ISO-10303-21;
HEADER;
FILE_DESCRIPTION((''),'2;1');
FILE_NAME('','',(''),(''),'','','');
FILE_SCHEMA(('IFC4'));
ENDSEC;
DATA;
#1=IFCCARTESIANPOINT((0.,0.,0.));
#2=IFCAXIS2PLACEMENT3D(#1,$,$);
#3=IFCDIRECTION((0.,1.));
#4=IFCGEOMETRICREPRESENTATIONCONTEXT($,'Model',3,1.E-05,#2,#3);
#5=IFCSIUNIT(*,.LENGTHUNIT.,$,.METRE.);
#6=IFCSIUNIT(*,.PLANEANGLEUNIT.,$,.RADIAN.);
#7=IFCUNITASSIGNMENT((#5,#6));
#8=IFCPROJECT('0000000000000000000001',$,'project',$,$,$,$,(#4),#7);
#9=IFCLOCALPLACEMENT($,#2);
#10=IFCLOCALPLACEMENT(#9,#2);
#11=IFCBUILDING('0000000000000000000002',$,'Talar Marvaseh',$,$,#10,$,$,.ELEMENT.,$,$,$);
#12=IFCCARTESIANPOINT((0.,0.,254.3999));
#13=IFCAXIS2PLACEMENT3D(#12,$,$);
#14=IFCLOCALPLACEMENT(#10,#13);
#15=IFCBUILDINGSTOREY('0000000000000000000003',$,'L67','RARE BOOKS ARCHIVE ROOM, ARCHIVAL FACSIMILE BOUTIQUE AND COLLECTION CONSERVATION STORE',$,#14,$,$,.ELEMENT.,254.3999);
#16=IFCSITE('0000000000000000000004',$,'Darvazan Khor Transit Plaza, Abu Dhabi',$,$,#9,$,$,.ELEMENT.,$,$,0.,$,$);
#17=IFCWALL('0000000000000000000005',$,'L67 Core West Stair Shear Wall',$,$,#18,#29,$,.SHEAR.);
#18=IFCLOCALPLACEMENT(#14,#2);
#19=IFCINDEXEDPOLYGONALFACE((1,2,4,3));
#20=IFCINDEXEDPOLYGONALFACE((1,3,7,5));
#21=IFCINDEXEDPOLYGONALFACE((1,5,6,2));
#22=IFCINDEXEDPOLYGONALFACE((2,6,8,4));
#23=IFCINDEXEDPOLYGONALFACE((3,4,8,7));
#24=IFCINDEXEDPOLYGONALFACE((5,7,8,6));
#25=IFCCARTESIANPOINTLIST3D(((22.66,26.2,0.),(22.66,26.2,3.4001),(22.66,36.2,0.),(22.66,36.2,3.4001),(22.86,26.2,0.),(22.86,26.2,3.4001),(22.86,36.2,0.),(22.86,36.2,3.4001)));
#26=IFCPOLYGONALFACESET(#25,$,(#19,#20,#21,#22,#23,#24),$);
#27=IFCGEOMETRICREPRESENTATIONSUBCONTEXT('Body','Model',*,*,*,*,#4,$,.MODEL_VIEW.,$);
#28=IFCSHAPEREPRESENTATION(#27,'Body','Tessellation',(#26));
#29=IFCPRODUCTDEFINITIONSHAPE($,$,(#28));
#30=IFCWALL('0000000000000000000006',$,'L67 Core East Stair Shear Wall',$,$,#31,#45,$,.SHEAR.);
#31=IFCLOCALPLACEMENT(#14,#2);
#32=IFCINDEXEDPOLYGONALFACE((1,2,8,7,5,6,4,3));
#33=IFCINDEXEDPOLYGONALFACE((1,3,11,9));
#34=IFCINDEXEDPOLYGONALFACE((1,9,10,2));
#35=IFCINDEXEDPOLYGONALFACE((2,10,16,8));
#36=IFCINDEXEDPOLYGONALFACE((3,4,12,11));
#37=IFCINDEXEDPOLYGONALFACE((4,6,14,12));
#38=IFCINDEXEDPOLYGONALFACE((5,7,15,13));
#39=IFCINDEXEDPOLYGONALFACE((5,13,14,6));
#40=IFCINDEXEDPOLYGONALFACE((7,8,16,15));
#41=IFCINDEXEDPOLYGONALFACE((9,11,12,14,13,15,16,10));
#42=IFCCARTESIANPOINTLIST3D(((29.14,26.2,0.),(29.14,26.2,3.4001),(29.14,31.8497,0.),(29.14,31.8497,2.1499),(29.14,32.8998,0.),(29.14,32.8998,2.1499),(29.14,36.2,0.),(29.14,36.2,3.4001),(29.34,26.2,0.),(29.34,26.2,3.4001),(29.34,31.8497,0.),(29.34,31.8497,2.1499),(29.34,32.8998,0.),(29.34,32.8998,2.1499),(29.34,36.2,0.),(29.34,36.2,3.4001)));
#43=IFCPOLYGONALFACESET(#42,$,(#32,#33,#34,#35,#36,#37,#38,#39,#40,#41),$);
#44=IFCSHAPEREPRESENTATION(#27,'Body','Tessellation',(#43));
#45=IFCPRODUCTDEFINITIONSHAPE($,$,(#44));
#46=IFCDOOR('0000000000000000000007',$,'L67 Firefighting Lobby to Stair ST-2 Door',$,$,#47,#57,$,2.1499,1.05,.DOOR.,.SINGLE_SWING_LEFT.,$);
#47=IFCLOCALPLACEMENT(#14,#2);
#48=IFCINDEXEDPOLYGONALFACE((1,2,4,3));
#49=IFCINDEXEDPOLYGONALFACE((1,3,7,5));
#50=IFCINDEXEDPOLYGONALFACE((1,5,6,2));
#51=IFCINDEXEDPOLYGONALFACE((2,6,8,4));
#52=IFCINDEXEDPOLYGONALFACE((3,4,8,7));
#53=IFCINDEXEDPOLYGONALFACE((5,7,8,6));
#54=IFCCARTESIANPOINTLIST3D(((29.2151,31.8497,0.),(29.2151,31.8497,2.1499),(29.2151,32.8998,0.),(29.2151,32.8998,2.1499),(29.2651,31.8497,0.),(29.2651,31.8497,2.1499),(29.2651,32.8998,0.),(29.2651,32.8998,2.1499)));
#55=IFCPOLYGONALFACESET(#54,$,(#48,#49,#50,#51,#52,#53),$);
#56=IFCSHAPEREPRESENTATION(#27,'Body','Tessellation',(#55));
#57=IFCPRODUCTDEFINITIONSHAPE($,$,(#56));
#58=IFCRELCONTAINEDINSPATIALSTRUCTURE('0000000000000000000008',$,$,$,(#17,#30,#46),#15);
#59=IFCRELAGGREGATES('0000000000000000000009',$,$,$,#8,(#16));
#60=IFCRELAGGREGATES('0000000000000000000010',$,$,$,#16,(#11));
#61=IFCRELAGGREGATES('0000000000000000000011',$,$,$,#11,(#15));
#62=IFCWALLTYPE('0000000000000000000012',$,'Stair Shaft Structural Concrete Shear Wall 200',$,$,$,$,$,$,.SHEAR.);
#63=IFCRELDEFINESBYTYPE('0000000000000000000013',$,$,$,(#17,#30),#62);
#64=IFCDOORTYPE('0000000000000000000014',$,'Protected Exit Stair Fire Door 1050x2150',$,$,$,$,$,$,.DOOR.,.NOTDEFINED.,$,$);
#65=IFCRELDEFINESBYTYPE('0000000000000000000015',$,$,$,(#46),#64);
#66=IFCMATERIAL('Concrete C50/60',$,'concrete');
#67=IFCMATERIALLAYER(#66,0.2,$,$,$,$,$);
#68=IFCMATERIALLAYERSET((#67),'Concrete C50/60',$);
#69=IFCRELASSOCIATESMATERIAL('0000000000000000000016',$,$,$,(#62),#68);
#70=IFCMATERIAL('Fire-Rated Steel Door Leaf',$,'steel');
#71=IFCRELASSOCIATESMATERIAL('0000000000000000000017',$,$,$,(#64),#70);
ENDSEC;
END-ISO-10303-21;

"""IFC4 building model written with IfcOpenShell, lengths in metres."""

from ifc_helpers import new_model, si_unit, direction, frame, frame_2d, origin, place, context, subcontext, project, spatial, rectangle, extrude, source, transform, mapped, material, layer, layer_set, type_object, type_shapes, element, fill, save


model = new_model("IFC4")

# Units and contexts
model_context = context("Model", 3, precision=1e-05, world=origin(), true_north=direction((0.0, 1.0)))
body_context = subcontext(model_context, "Body", "Model", "MODEL_VIEW")
ifc_project = project(units=[si_unit("LENGTHUNIT", "METRE"), si_unit("PLANEANGLEUNIT", "RADIAN")], contexts=[model_context])

# Site, building, storey
site_placement = place(None, origin())
site = spatial("IfcSite", under=ifc_project, at=site_placement, Name="Darvazan Khor Transit Plaza, Abu Dhabi", CompositionType="ELEMENT", RefElevation=0.0)
building_placement = place(site_placement, origin())
building = spatial("IfcBuilding", under=site, at=building_placement, Name="Talar Marvaseh", CompositionType="ELEMENT")
storey_placement = place(building_placement, frame((0.0, 0.0, 254.3999)))
storey = spatial("IfcBuildingStorey", under=building, at=storey_placement, Name="L67", Description="RARE BOOKS ARCHIVE ROOM, ARCHIVAL FACSIMILE BOUTIQUE AND COLLECTION CONSERVATION STORE", CompositionType="ELEMENT", Elevation=254.3999)

# Shared definitions
ifc_material_1 = material(Name="Concrete C50/60", Category="concrete")

# Shared definitions
ifc_material_2 = material(Name="Fire-Rated Steel Door Leaf", Category="steel")

# Wall
ifc_layer_1 = layer(ifc_material_1, 0.2)
ifc_layer_set_1 = layer_set([ifc_layer_1], Name="Concrete C50/60")
wall_type_1 = type_object("IfcWallType", Name="Stair Shaft Structural Concrete Shear Wall 200", PredefinedType="SHEAR", material=ifc_layer_set_1)
wall_1_placement = place(storey_placement, frame((22.76, 26.2, 0.0), z_axis=(0.0, 0.0, 1.0), x_axis=(0.0, 1.0, 0.0)))
element("IfcWall", 1, at=wall_1_placement, inside=storey, type_object=wall_type_1, Name="L67 Core West Stair Shear Wall", PredefinedType="SHEAR", context=body_context, shape_type="SweptSolid", body=[
    extrude(rectangle(XDim=10.0, YDim=0.2, at=frame_2d((5.0, 0.0))), origin(), (0.0, 0.0, 1.0), 3.4001),
])

# Wall, opening, door
wall_2_placement = place(storey_placement, frame((29.24, 26.2, 0.0), z_axis=(0.0, 0.0, 1.0), x_axis=(0.0, 1.0, 0.0)))
wall_2 = element("IfcWall", 2, at=wall_2_placement, inside=storey, type_object=wall_type_1, Name="L67 Core East Stair Shear Wall", PredefinedType="SHEAR", context=body_context, shape_type="SweptSolid", body=[
    extrude(rectangle(XDim=10.0, YDim=0.2, at=frame_2d((5.0, 0.0))), origin(), (0.0, 0.0, 1.0), 3.4001),
])
opening_1_placement = place(wall_2_placement, frame((5.6499, 0.0, 0.0)))
opening_1 = element("IfcOpeningElement", 3, at=opening_1_placement, cuts=wall_2, PredefinedType="OPENING", context=body_context, shape_type="SweptSolid", body=[
    extrude(rectangle(XDim=1.05, YDim=2.1499, at=frame_2d((0.5249, 1.075))), frame((0.0, 0.1099, 0.0), z_axis=(0.0, -1.0, 0.0), x_axis=(1.0, 0.0, 0.0)), (0.0, 0.0, 1.0), 0.22),
])
door_type_1 = type_object("IfcDoorType", Name="Protected Exit Stair Fire Door 1050x2150", OperationType="NOTDEFINED", PredefinedType="DOOR", material=ifc_material_2)
shared_shape_1 = source(origin(), body_context, "Body", "SweptSolid", [
    extrude(rectangle(XDim=1.05, YDim=2.1499, at=frame_2d((0.5249, 1.075))), frame((0.0, 0.0249, 0.0), z_axis=(0.0, -1.0, 0.0), x_axis=(1.0, 0.0, 0.0)), (0.0, 0.0, 1.0), 0.05),
])
type_shapes(door_type_1, [shared_shape_1])
door_1_placement = place(opening_1_placement, origin())
door_1 = element("IfcDoor", 4, at=door_1_placement, inside=storey, type_object=door_type_1, Name="L67 Firefighting Lobby to Stair ST-2 Door", OperationType="SINGLE_SWING_LEFT", OverallHeight=2.1499, OverallWidth=1.05, PredefinedType="DOOR", context=body_context, shape_type="MappedRepresentation", body=[
    mapped(shared_shape_1, transform((0.0, 0.0, 0.0), x_axis=(1.0, 0.0, 0.0), y_axis=(0.0, 1.0, 0.0), z_axis=(0.0, 0.0, 1.0), scale=1.0)),
])
fill(opening_1, door_1)

save(model, "model.ifc")
